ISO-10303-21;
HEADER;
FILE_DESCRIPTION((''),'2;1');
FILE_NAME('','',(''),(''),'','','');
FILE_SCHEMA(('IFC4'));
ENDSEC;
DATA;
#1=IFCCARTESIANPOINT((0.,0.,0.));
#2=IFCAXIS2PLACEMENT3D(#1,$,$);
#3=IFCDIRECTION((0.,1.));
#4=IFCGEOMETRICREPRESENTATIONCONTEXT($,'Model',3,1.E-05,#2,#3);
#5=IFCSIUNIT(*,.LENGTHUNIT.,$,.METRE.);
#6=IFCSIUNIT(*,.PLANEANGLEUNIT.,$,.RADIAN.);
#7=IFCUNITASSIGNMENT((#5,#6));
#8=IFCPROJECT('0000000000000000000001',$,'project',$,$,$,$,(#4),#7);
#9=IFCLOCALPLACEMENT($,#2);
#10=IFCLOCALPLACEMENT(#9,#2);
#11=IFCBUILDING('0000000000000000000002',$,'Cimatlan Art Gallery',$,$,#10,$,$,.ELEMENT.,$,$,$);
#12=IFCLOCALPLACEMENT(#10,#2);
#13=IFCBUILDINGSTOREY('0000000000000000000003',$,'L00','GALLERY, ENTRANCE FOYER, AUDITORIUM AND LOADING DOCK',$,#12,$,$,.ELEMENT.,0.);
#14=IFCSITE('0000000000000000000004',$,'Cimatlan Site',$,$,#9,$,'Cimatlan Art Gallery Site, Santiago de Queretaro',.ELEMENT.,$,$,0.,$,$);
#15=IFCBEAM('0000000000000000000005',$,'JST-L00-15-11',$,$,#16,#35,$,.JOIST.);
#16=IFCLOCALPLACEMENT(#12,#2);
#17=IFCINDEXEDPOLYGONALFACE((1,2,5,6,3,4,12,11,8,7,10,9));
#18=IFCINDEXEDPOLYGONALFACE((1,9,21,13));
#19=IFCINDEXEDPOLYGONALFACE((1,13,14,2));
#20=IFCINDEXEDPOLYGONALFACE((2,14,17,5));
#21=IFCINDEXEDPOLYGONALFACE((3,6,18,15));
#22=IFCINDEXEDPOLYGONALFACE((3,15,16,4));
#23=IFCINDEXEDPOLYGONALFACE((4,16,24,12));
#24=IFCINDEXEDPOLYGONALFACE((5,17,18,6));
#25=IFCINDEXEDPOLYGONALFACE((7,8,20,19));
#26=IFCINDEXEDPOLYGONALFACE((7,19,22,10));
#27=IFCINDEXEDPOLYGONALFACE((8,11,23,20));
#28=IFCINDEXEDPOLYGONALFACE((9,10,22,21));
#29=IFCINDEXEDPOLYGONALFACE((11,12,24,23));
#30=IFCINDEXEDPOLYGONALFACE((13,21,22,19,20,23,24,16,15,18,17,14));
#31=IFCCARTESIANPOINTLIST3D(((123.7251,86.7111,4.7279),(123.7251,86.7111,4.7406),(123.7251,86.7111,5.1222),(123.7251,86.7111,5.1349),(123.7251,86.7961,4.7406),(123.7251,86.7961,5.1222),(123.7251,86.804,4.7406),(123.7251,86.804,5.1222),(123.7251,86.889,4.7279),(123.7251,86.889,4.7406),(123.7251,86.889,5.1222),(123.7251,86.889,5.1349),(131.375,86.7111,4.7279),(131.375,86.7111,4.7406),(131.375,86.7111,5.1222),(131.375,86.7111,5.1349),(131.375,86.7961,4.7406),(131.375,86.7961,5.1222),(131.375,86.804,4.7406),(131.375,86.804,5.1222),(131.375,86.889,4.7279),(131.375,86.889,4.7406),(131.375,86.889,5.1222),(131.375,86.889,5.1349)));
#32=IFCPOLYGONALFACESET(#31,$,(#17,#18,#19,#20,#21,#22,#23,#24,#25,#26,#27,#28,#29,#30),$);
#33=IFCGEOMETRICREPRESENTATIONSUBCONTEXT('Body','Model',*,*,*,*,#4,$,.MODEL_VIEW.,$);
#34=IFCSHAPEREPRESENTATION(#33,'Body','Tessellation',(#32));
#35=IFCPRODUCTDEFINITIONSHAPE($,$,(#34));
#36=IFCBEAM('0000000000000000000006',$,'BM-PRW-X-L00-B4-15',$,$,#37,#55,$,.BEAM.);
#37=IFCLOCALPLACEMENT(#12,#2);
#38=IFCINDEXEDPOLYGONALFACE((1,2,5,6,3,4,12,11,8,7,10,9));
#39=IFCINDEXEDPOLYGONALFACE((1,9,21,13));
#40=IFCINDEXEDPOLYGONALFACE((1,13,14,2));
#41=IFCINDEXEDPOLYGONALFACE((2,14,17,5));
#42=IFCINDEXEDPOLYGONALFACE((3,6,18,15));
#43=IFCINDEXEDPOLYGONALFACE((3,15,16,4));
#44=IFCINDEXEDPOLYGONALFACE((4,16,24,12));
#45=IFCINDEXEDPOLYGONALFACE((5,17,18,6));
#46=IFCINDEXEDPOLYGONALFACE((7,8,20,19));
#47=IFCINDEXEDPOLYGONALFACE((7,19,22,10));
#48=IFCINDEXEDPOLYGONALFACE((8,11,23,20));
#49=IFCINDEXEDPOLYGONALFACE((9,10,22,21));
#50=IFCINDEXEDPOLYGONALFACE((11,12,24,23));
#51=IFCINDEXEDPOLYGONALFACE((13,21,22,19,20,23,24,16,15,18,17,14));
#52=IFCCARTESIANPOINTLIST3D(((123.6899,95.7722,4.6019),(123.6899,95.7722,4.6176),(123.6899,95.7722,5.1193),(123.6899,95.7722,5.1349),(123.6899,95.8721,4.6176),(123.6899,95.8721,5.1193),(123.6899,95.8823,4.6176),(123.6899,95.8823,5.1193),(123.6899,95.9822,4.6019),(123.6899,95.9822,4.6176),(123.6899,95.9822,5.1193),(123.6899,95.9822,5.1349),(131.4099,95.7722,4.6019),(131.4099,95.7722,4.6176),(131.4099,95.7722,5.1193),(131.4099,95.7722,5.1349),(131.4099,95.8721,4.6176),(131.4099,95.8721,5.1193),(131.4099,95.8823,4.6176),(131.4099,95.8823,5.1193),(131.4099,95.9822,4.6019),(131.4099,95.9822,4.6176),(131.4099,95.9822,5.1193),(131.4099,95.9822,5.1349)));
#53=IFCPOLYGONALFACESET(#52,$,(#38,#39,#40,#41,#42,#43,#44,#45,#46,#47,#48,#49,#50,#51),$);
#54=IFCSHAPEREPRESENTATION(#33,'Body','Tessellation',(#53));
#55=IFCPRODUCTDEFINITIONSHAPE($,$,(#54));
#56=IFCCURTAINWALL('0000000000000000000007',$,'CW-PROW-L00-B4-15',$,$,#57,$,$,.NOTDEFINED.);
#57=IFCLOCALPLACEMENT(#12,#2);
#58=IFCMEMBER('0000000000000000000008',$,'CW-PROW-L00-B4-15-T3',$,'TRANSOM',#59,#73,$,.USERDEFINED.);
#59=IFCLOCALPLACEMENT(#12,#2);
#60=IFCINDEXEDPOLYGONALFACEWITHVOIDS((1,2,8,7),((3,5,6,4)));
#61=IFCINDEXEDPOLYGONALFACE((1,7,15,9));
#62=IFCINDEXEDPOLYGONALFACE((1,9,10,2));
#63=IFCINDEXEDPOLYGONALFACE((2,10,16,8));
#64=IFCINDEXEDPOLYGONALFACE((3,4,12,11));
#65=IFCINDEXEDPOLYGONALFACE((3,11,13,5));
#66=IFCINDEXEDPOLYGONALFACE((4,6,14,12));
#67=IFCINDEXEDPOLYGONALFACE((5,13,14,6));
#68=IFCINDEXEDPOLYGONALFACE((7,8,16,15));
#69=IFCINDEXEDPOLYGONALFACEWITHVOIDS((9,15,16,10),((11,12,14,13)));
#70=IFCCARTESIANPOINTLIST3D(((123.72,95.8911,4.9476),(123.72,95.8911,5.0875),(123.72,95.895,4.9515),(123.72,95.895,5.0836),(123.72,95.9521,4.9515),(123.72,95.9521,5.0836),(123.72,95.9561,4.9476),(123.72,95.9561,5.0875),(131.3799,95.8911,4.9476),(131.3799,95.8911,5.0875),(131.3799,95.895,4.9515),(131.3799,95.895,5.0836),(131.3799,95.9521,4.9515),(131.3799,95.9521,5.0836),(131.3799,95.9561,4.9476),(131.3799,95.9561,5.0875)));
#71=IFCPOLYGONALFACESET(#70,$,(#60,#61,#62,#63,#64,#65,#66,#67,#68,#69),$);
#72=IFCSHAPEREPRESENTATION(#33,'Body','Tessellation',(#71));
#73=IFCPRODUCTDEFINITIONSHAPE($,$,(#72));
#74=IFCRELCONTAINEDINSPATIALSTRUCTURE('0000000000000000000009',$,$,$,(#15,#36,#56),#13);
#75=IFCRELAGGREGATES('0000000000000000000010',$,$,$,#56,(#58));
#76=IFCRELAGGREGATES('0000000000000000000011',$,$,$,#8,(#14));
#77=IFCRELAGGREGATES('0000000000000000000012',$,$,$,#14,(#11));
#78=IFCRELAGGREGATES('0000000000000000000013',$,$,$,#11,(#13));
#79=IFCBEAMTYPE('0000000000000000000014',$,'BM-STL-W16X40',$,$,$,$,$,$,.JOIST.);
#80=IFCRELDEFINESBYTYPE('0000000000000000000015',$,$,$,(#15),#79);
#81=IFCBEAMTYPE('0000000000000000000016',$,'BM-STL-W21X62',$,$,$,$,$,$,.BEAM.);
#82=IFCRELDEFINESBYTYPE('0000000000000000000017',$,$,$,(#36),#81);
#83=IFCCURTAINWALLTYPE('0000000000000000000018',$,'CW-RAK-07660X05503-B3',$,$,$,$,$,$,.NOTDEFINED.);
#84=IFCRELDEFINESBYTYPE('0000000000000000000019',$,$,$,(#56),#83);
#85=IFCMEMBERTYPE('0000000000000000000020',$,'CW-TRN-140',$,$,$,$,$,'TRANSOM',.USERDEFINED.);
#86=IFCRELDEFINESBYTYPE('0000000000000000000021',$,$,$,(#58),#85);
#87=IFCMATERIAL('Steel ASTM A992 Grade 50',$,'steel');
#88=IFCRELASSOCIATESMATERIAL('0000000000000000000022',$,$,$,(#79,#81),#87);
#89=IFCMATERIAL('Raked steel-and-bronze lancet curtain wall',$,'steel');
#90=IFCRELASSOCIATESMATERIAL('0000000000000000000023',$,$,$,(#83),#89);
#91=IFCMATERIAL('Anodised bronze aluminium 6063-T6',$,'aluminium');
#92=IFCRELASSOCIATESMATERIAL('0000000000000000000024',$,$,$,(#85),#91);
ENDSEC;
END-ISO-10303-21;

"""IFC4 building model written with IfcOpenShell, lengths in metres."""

from ifc_helpers import new_model, si_unit, direction, frame, origin, origin_2d, place, context, subcontext, project, spatial, hollow_rectangle, i_section, extrude, material, material_profile, profile_set, type_object, element, aggregate, save


model = new_model("IFC4")

# Units and contexts
model_context = context("Model", 3, precision=1e-05, world=origin(), true_north=direction((0.0, 1.0)))
body_context = subcontext(model_context, "Body", "Model", "MODEL_VIEW")
ifc_project = project(units=[si_unit("LENGTHUNIT", "METRE"), si_unit("PLANEANGLEUNIT", "RADIAN")], contexts=[model_context])

# Site, building, storey
site_placement = place(None, origin())
site = spatial("IfcSite", under=ifc_project, at=site_placement, Name="Cimatlan Site", LongName="Cimatlan Art Gallery Site, Santiago de Queretaro", CompositionType="ELEMENT", RefElevation=0.0)
building_placement = place(site_placement, origin())
building = spatial("IfcBuilding", under=site, at=building_placement, Name="Cimatlan Art Gallery", CompositionType="ELEMENT")
storey_placement = place(building_placement, origin())
storey = spatial("IfcBuildingStorey", under=building, at=storey_placement, Name="L00", Description="GALLERY, ENTRANCE FOYER, AUDITORIUM AND LOADING DOCK", CompositionType="ELEMENT", Elevation=0.0)

# Beams
ifc_material_1 = material(Name="Steel ASTM A992 Grade 50", Category="steel")
ifc_material_profile_1 = material_profile(ifc_material_1, i_section(OverallWidth=0.178, OverallDepth=0.407, WebThickness=0.0078, FlangeThickness=0.0127, at=origin_2d()), Name="W16X40")
ifc_profile_set_1 = profile_set([ifc_material_profile_1], Name="Steel ASTM A992 Grade 50")
beam_type_1 = type_object("IfcBeamType", Name="BM-STL-W16X40", PredefinedType="JOIST", material=ifc_profile_set_1)
for number, where, z_axis, x_axis, name in (
    (1, (123.7251, 86.8, 4.9314), (1.0, 0.0, 0.0), (0.0, 1.0, 0.0), "JST-L00-15-11"),
):
    element("IfcBeam", number, at=place(storey_placement, frame(where, z_axis=z_axis, x_axis=x_axis)), inside=storey, type_object=beam_type_1, Name=name, PredefinedType="JOIST", context=body_context, shape_type="SweptSolid", body=[
        extrude(i_section(OverallWidth=0.178, OverallDepth=0.407, WebThickness=0.0078, FlangeThickness=0.0127, at=origin_2d()), origin(), (0.0, 0.0, 1.0), 7.6499),
    ])
ifc_material_profile_2 = material_profile(ifc_material_1, i_section(OverallWidth=0.21, OverallDepth=0.533, WebThickness=0.0103, FlangeThickness=0.0156, at=origin_2d()), Name="W21X62")
ifc_profile_set_2 = profile_set([ifc_material_profile_2], Name="Steel ASTM A992 Grade 50")
beam_type_2 = type_object("IfcBeamType", Name="BM-STL-W21X62", PredefinedType="BEAM", material=ifc_profile_set_2)
beam_placement = place(storey_placement, frame((123.6899, 95.8772, 4.8684), z_axis=(1.0, 0.0, 0.0), x_axis=(0.0, 1.0, 0.0)))
element("IfcBeam", 2, at=beam_placement, inside=storey, type_object=beam_type_2, Name="BM-PRW-X-L00-B4-15", PredefinedType="BEAM", context=body_context, shape_type="SweptSolid", body=[
    extrude(i_section(OverallWidth=0.21, OverallDepth=0.533, WebThickness=0.0103, FlangeThickness=0.0156, at=origin_2d()), origin(), (0.0, 0.0, 1.0), 7.72),
])

# Curtain wall, member
ifc_material_2 = material(Name="Raked steel-and-bronze lancet curtain wall", Category="steel")
curtain_wall_type = type_object("IfcCurtainWallType", Name="CW-RAK-07660X05503-B3", PredefinedType="NOTDEFINED", material=ifc_material_2)
curtain_wall_placement = place(storey_placement, origin())
curtain_wall = element("IfcCurtainWall", 3, at=curtain_wall_placement, inside=storey, type_object=curtain_wall_type, Name="CW-PROW-L00-B4-15", PredefinedType="NOTDEFINED")
ifc_material_3 = material(Name="Anodised bronze aluminium 6063-T6", Category="aluminium")
ifc_material_profile_3 = material_profile(ifc_material_3, hollow_rectangle(XDim=0.0649, YDim=0.1399, WallThickness=0.0039, at=origin_2d()), Name="ALU65X140X4")
ifc_profile_set_3 = profile_set([ifc_material_profile_3], Name="Anodised bronze aluminium 6063-T6")
member_type = type_object("IfcMemberType", Name="CW-TRN-140", ElementType="TRANSOM", PredefinedType="USERDEFINED", material=ifc_profile_set_3)
member_placement = place(storey_placement, frame((123.72, 95.9236, 5.0176), z_axis=(1.0, 0.0, 0.0), x_axis=(0.0, 1.0, 0.0)))
member = element("IfcMember", 4, at=member_placement, type_object=member_type, Name="CW-PROW-L00-B4-15-T3", ObjectType="TRANSOM", PredefinedType="USERDEFINED", context=body_context, shape_type="SweptSolid", body=[
    extrude(hollow_rectangle(XDim=0.0649, YDim=0.1399, WallThickness=0.0039, at=origin_2d()), origin(), (0.0, 0.0, 1.0), 7.6599),
])
aggregate(curtain_wall, [member])

save(model, "model.ifc")
